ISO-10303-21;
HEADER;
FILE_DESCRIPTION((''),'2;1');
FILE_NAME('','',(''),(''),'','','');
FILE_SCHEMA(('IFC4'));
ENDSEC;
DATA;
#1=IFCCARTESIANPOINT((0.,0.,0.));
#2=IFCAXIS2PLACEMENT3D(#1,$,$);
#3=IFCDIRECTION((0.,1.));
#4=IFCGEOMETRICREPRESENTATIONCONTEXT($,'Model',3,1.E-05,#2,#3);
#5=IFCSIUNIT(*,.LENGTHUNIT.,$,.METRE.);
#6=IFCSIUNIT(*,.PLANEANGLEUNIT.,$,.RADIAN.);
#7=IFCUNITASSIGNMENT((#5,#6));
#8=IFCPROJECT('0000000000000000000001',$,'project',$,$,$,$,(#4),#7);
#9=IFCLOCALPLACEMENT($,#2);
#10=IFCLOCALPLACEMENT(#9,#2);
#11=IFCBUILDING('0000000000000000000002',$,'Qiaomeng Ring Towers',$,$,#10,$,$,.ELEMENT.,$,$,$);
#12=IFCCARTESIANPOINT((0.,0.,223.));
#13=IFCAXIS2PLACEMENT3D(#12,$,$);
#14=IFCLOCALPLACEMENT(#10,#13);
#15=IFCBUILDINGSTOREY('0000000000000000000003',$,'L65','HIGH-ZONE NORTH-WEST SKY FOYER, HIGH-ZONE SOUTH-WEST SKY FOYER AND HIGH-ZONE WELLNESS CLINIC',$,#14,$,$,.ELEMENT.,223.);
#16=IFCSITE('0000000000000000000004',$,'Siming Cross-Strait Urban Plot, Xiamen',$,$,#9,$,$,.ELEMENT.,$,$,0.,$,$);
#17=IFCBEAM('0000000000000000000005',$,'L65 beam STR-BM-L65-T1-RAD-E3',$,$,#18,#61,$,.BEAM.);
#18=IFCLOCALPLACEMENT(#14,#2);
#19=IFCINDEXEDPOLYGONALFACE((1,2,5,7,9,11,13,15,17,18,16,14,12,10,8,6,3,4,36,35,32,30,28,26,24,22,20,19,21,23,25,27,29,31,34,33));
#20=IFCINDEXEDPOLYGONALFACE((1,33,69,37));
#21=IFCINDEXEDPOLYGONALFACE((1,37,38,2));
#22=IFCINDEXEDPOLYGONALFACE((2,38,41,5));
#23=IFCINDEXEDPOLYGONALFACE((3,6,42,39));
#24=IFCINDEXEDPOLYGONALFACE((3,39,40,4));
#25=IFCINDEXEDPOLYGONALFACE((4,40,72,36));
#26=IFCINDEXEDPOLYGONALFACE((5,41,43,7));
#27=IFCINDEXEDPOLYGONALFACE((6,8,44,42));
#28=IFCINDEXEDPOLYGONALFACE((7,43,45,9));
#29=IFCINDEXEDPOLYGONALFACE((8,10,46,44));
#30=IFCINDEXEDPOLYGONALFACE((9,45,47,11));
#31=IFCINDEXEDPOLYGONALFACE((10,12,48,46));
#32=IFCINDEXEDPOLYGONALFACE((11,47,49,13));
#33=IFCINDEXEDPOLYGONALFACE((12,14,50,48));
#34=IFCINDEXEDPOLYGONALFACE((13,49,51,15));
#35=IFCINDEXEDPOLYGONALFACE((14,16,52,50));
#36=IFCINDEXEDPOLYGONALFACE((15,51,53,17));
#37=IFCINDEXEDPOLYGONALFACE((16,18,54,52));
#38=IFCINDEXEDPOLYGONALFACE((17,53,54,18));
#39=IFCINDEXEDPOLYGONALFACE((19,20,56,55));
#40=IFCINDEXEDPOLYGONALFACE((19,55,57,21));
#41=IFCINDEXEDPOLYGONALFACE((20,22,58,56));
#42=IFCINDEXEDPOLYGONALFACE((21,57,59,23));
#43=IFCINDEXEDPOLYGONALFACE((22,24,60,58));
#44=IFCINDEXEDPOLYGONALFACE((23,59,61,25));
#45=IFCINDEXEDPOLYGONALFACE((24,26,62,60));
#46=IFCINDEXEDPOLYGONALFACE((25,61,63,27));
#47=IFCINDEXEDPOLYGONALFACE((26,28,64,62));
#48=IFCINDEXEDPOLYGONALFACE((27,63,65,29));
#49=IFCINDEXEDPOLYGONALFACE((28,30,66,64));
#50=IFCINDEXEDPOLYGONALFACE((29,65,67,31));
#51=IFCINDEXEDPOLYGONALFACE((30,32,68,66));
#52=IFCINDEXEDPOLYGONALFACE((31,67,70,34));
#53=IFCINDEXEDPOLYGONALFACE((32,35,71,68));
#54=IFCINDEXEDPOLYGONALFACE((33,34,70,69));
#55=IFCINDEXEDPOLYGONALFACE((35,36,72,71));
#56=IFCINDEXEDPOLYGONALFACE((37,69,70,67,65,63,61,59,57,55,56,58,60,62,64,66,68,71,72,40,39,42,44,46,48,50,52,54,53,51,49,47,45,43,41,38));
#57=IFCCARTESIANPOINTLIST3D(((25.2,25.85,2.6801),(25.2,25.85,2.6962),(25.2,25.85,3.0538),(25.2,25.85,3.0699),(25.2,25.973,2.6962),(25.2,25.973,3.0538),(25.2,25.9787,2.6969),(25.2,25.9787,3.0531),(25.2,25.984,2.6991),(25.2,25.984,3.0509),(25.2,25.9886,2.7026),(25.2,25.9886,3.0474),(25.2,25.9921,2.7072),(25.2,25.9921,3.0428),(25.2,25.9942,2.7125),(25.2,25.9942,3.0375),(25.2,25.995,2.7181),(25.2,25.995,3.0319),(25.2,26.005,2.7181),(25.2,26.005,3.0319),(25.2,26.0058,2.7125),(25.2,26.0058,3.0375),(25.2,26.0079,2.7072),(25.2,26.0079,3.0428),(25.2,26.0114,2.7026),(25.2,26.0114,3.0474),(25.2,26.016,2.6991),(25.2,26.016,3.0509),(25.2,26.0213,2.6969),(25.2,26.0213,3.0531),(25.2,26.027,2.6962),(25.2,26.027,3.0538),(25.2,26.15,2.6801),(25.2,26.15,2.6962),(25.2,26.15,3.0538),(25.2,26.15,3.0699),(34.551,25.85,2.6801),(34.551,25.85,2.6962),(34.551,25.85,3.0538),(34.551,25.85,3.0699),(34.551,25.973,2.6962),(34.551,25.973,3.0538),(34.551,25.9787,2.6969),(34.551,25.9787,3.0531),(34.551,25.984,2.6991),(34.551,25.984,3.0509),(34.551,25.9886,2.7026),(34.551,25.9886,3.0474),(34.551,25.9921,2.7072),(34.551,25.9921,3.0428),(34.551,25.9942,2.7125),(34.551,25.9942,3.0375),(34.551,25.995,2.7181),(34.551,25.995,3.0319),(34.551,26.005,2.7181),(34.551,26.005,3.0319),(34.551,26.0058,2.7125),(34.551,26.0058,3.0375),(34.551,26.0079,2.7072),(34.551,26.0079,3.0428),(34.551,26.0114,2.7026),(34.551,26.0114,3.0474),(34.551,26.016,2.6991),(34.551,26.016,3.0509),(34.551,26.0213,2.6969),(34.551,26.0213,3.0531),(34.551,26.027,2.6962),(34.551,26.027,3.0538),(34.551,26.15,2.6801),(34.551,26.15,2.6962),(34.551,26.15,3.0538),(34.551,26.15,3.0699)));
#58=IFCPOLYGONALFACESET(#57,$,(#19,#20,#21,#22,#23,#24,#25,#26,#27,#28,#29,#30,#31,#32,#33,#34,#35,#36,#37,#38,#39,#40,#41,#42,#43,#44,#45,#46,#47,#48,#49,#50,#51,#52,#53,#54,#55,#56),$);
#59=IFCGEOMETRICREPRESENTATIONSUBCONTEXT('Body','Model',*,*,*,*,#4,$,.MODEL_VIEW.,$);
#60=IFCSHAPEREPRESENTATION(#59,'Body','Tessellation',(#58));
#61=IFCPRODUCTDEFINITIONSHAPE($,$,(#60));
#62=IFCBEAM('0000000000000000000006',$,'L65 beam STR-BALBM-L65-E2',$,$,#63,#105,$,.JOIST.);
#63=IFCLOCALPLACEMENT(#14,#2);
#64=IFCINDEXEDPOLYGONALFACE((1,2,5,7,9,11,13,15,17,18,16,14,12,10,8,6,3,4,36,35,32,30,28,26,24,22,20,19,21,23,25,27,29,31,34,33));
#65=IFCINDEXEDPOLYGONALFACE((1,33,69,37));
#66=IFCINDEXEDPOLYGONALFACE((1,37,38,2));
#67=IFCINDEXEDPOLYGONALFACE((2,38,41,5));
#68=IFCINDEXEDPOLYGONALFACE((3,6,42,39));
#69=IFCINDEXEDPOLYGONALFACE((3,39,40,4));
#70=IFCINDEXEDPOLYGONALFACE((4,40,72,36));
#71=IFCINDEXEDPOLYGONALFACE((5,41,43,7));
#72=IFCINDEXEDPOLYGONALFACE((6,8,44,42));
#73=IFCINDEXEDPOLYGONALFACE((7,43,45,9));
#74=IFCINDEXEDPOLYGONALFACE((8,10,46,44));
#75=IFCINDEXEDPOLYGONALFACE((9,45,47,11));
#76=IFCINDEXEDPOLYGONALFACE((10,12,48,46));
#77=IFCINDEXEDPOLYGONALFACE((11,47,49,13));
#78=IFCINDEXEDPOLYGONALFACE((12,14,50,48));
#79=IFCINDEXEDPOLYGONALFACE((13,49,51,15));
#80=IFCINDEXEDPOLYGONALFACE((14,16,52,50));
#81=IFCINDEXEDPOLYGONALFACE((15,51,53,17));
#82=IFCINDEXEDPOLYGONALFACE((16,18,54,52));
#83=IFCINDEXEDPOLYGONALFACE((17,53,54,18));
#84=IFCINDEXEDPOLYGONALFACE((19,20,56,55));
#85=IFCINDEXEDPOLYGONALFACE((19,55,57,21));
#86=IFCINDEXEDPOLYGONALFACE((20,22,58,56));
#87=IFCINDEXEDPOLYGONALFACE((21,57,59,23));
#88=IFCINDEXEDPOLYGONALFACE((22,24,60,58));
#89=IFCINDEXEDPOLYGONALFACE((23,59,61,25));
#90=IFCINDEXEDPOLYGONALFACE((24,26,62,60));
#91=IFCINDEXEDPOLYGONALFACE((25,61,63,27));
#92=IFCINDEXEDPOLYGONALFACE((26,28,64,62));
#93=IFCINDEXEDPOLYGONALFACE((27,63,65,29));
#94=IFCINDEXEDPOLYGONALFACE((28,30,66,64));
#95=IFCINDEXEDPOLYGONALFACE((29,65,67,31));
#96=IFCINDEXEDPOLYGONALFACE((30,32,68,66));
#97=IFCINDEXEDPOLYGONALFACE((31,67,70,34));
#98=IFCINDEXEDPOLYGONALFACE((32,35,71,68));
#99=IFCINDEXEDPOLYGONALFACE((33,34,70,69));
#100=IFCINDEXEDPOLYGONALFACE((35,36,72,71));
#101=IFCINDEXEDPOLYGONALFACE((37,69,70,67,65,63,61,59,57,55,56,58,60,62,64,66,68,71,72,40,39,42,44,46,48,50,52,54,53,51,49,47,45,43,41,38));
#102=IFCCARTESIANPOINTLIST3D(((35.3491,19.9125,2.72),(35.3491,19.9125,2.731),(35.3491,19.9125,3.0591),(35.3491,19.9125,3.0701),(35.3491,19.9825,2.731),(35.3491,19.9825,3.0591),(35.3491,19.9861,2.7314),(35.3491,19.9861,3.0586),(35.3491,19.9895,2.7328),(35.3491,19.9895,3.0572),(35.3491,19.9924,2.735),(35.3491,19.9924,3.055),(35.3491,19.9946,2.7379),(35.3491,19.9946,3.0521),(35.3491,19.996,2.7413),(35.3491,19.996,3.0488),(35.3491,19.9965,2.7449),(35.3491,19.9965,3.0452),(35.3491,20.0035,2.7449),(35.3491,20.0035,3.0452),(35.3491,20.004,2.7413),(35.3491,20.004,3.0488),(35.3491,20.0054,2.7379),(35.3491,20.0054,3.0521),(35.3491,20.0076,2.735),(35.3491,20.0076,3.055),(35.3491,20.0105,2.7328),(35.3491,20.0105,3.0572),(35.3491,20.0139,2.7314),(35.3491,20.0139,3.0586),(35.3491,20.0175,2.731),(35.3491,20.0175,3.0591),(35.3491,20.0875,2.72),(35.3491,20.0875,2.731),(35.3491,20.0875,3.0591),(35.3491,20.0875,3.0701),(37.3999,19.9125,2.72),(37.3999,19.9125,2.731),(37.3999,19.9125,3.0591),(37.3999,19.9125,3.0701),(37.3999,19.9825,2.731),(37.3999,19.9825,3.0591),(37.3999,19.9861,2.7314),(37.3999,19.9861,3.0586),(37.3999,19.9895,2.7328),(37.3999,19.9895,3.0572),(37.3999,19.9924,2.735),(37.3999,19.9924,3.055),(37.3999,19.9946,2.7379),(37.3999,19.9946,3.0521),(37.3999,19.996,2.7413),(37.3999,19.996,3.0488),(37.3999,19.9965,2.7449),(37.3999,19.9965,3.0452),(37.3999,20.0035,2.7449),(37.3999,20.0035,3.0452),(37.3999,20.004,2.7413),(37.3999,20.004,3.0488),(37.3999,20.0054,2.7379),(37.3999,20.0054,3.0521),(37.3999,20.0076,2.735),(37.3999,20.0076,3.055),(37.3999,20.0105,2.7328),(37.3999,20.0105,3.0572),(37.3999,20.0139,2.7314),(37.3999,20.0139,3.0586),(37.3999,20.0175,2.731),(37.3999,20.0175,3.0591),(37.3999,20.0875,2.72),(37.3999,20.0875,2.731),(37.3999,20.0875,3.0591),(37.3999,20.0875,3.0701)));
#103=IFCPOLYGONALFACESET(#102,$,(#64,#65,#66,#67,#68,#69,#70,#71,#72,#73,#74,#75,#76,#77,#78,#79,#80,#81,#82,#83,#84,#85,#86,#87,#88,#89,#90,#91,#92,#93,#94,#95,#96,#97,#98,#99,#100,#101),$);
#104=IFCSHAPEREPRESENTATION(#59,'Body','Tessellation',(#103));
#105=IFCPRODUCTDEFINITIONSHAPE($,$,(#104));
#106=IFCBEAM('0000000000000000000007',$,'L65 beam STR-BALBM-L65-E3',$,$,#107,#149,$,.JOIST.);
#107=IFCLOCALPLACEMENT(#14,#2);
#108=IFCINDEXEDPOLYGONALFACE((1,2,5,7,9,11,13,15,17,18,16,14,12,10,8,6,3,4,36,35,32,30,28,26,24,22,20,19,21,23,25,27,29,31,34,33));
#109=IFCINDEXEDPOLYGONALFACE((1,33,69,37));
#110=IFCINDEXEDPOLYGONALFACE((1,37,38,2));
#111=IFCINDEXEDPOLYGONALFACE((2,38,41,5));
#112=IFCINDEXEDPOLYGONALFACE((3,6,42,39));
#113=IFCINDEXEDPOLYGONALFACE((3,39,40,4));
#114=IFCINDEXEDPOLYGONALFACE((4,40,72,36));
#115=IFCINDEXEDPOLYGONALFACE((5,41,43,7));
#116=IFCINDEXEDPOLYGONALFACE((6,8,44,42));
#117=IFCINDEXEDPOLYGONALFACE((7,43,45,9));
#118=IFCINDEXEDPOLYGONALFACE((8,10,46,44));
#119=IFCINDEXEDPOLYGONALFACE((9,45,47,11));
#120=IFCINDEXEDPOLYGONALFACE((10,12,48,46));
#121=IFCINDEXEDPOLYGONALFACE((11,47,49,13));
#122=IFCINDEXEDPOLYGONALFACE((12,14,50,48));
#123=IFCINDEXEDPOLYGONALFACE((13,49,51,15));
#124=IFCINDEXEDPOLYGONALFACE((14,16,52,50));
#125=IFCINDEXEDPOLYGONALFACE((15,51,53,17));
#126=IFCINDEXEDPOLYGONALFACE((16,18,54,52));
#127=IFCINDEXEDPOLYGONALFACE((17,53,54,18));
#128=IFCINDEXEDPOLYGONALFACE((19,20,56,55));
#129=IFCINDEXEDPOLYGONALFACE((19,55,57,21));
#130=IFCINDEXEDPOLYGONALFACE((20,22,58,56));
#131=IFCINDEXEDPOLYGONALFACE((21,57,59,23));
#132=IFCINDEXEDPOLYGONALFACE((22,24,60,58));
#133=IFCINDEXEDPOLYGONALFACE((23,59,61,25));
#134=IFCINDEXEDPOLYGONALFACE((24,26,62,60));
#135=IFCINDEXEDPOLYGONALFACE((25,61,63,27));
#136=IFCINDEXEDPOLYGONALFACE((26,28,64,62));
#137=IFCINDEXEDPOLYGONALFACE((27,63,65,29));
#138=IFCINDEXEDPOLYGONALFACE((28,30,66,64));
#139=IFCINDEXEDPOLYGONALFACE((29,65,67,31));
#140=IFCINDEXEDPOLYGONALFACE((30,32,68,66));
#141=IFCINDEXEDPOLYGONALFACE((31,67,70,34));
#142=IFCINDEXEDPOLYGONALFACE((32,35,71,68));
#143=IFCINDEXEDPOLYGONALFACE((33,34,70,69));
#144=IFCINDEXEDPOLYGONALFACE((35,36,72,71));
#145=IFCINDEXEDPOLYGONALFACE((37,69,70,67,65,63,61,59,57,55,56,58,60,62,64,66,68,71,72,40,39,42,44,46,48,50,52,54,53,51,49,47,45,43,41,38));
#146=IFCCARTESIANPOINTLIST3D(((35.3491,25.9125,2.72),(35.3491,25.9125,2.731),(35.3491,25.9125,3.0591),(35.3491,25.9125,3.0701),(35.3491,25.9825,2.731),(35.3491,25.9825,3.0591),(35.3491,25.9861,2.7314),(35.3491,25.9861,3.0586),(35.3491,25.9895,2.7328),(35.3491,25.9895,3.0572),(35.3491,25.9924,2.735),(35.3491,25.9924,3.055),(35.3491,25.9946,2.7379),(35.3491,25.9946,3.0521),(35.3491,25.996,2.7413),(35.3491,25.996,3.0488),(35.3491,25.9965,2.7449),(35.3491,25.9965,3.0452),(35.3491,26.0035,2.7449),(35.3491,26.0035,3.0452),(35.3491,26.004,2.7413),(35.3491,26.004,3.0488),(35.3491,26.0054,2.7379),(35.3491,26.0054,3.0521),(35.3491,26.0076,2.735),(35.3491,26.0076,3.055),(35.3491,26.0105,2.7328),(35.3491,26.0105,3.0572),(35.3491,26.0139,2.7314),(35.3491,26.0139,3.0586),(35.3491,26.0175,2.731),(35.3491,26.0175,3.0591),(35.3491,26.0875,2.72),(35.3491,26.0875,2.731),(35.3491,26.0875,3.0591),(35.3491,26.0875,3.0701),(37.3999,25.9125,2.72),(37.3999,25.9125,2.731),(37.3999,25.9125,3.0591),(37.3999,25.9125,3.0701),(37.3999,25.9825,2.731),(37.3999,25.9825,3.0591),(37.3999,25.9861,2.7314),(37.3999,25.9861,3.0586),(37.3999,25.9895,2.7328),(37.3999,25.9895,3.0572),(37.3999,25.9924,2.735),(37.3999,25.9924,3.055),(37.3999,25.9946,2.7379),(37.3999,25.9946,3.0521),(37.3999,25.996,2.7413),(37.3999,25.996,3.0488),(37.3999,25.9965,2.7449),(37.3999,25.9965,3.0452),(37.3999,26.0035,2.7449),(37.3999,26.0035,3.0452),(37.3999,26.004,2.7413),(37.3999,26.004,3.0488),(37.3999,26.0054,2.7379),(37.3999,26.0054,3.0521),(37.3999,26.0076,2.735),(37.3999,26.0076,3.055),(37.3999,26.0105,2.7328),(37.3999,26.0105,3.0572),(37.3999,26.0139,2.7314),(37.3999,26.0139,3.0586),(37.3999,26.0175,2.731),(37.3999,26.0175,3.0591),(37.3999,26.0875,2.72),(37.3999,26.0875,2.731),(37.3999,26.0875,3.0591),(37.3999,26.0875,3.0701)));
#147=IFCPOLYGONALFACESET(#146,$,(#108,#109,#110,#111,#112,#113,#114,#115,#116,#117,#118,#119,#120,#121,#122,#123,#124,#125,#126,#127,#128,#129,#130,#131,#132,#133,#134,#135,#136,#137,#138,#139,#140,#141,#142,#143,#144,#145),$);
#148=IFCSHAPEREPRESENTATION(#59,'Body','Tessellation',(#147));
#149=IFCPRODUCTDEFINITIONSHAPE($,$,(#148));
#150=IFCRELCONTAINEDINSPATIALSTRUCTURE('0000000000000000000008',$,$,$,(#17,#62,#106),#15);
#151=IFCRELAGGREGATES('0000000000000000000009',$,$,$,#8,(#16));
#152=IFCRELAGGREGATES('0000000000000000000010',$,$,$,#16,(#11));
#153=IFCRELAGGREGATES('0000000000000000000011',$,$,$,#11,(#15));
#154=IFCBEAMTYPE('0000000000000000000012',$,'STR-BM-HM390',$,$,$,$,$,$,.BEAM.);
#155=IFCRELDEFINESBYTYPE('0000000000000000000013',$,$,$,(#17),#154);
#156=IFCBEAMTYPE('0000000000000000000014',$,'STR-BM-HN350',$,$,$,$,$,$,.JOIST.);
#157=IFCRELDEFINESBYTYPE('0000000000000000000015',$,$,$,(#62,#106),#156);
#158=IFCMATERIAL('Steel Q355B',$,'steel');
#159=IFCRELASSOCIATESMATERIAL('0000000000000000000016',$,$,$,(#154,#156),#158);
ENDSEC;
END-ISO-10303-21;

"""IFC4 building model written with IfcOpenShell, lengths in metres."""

from ifc_helpers import new_model, si_unit, direction, frame, origin, origin_2d, place, context, subcontext, project, spatial, i_section, extrude, source, transform, mapped, material, material_profile, profile_set, type_object, element, save


model = new_model("IFC4")

# Units and contexts
model_context = context("Model", 3, precision=1e-05, world=origin(), true_north=direction((0.0, 1.0)))
body_context = subcontext(model_context, "Body", "Model", "MODEL_VIEW")
ifc_project = project(units=[si_unit("LENGTHUNIT", "METRE"), si_unit("PLANEANGLEUNIT", "RADIAN")], contexts=[model_context])

# Site, building, storey
site_placement = place(None, origin())
site = spatial("IfcSite", under=ifc_project, at=site_placement, Name="Siming Cross-Strait Urban Plot, Xiamen", CompositionType="ELEMENT", RefElevation=0.0)
building_placement = place(site_placement, origin())
building = spatial("IfcBuilding", under=site, at=building_placement, Name="Qiaomeng Ring Towers", CompositionType="ELEMENT")
storey_placement = place(building_placement, frame((0.0, 0.0, 223.0)))
storey = spatial("IfcBuildingStorey", under=building, at=storey_placement, Name="L65", Description="HIGH-ZONE NORTH-WEST SKY FOYER, HIGH-ZONE SOUTH-WEST SKY FOYER AND HIGH-ZONE WELLNESS CLINIC", CompositionType="ELEMENT", Elevation=223.0)

# Beams
ifc_material_1 = material(Name="Steel Q355B", Category="steel")
ifc_material_profile_1 = material_profile(ifc_material_1, i_section(OverallWidth=0.3, OverallDepth=0.3899, WebThickness=0.01, FlangeThickness=0.0161, FilletRadius=0.022, at=origin_2d()), Name="HM 390x300x10x16")
ifc_profile_set_1 = profile_set([ifc_material_profile_1], Name="Steel Q355B")
beam_type_1 = type_object("IfcBeamType", Name="STR-BM-HM390", PredefinedType="BEAM", material=ifc_profile_set_1)
shared_shape_1 = source(origin(), body_context, "Body", "SweptSolid", [
    extrude(i_section(OverallWidth=0.3, OverallDepth=0.3899, WebThickness=0.01, FlangeThickness=0.0161, FilletRadius=0.022, at=origin_2d()), origin(), (0.0, 0.0, 1.0), 9.3511),
])
for number, where, z_axis, x_axis, name in (
    (1, (25.2, 26.0, 2.875), (1.0, 0.0, 0.0), (0.0, 1.0, 0.0), "L65 beam STR-BM-L65-T1-RAD-E3"),
):
    element("IfcBeam", number, at=place(storey_placement, frame(where, z_axis=z_axis, x_axis=x_axis)), inside=storey, type_object=beam_type_1, Name=name, PredefinedType="BEAM", context=body_context, shape_type="MappedRepresentation", body=[
        mapped(shared_shape_1, transform((0.0, 0.0, 0.0), x_axis=(1.0, 0.0, 0.0), y_axis=(0.0, 1.0, 0.0), z_axis=(0.0, 0.0, 1.0), scale=1.0)),
    ])
ifc_material_profile_2 = material_profile(ifc_material_1, i_section(OverallWidth=0.175, OverallDepth=0.3501, WebThickness=0.0071, FlangeThickness=0.011, FilletRadius=0.0139, at=origin_2d()), Name="HN 350x175x7x11")
ifc_profile_set_2 = profile_set([ifc_material_profile_2], Name="Steel Q355B")
beam_type_2 = type_object("IfcBeamType", Name="STR-BM-HN350", PredefinedType="JOIST", material=ifc_profile_set_2)
shared_shape_2 = source(origin(), body_context, "Body", "SweptSolid", [
    extrude(i_section(OverallWidth=0.175, OverallDepth=0.3501, WebThickness=0.0071, FlangeThickness=0.011, FilletRadius=0.0139, at=origin_2d()), origin(), (0.0, 0.0, 1.0), 2.0508),
])
for number, where, z_axis, x_axis, name in (
    (2, (35.3491, 20.0, 2.895), (1.0, 0.0, 0.0), (0.0, 1.0, 0.0), "L65 beam STR-BALBM-L65-E2"),
    (3, (35.3491, 26.0, 2.895), (1.0, 0.0, 0.0), (0.0, 1.0, 0.0), "L65 beam STR-BALBM-L65-E3"),
):
    element("IfcBeam", number, at=place(storey_placement, frame(where, z_axis=z_axis, x_axis=x_axis)), inside=storey, type_object=beam_type_2, Name=name, PredefinedType="JOIST", context=body_context, shape_type="MappedRepresentation", body=[
        mapped(shared_shape_2, transform((0.0, 0.0, 0.0), x_axis=(1.0, 0.0, 0.0), y_axis=(0.0, 1.0, 0.0), z_axis=(0.0, 0.0, 1.0), scale=1.0)),
    ])

save(model, "model.ifc")
